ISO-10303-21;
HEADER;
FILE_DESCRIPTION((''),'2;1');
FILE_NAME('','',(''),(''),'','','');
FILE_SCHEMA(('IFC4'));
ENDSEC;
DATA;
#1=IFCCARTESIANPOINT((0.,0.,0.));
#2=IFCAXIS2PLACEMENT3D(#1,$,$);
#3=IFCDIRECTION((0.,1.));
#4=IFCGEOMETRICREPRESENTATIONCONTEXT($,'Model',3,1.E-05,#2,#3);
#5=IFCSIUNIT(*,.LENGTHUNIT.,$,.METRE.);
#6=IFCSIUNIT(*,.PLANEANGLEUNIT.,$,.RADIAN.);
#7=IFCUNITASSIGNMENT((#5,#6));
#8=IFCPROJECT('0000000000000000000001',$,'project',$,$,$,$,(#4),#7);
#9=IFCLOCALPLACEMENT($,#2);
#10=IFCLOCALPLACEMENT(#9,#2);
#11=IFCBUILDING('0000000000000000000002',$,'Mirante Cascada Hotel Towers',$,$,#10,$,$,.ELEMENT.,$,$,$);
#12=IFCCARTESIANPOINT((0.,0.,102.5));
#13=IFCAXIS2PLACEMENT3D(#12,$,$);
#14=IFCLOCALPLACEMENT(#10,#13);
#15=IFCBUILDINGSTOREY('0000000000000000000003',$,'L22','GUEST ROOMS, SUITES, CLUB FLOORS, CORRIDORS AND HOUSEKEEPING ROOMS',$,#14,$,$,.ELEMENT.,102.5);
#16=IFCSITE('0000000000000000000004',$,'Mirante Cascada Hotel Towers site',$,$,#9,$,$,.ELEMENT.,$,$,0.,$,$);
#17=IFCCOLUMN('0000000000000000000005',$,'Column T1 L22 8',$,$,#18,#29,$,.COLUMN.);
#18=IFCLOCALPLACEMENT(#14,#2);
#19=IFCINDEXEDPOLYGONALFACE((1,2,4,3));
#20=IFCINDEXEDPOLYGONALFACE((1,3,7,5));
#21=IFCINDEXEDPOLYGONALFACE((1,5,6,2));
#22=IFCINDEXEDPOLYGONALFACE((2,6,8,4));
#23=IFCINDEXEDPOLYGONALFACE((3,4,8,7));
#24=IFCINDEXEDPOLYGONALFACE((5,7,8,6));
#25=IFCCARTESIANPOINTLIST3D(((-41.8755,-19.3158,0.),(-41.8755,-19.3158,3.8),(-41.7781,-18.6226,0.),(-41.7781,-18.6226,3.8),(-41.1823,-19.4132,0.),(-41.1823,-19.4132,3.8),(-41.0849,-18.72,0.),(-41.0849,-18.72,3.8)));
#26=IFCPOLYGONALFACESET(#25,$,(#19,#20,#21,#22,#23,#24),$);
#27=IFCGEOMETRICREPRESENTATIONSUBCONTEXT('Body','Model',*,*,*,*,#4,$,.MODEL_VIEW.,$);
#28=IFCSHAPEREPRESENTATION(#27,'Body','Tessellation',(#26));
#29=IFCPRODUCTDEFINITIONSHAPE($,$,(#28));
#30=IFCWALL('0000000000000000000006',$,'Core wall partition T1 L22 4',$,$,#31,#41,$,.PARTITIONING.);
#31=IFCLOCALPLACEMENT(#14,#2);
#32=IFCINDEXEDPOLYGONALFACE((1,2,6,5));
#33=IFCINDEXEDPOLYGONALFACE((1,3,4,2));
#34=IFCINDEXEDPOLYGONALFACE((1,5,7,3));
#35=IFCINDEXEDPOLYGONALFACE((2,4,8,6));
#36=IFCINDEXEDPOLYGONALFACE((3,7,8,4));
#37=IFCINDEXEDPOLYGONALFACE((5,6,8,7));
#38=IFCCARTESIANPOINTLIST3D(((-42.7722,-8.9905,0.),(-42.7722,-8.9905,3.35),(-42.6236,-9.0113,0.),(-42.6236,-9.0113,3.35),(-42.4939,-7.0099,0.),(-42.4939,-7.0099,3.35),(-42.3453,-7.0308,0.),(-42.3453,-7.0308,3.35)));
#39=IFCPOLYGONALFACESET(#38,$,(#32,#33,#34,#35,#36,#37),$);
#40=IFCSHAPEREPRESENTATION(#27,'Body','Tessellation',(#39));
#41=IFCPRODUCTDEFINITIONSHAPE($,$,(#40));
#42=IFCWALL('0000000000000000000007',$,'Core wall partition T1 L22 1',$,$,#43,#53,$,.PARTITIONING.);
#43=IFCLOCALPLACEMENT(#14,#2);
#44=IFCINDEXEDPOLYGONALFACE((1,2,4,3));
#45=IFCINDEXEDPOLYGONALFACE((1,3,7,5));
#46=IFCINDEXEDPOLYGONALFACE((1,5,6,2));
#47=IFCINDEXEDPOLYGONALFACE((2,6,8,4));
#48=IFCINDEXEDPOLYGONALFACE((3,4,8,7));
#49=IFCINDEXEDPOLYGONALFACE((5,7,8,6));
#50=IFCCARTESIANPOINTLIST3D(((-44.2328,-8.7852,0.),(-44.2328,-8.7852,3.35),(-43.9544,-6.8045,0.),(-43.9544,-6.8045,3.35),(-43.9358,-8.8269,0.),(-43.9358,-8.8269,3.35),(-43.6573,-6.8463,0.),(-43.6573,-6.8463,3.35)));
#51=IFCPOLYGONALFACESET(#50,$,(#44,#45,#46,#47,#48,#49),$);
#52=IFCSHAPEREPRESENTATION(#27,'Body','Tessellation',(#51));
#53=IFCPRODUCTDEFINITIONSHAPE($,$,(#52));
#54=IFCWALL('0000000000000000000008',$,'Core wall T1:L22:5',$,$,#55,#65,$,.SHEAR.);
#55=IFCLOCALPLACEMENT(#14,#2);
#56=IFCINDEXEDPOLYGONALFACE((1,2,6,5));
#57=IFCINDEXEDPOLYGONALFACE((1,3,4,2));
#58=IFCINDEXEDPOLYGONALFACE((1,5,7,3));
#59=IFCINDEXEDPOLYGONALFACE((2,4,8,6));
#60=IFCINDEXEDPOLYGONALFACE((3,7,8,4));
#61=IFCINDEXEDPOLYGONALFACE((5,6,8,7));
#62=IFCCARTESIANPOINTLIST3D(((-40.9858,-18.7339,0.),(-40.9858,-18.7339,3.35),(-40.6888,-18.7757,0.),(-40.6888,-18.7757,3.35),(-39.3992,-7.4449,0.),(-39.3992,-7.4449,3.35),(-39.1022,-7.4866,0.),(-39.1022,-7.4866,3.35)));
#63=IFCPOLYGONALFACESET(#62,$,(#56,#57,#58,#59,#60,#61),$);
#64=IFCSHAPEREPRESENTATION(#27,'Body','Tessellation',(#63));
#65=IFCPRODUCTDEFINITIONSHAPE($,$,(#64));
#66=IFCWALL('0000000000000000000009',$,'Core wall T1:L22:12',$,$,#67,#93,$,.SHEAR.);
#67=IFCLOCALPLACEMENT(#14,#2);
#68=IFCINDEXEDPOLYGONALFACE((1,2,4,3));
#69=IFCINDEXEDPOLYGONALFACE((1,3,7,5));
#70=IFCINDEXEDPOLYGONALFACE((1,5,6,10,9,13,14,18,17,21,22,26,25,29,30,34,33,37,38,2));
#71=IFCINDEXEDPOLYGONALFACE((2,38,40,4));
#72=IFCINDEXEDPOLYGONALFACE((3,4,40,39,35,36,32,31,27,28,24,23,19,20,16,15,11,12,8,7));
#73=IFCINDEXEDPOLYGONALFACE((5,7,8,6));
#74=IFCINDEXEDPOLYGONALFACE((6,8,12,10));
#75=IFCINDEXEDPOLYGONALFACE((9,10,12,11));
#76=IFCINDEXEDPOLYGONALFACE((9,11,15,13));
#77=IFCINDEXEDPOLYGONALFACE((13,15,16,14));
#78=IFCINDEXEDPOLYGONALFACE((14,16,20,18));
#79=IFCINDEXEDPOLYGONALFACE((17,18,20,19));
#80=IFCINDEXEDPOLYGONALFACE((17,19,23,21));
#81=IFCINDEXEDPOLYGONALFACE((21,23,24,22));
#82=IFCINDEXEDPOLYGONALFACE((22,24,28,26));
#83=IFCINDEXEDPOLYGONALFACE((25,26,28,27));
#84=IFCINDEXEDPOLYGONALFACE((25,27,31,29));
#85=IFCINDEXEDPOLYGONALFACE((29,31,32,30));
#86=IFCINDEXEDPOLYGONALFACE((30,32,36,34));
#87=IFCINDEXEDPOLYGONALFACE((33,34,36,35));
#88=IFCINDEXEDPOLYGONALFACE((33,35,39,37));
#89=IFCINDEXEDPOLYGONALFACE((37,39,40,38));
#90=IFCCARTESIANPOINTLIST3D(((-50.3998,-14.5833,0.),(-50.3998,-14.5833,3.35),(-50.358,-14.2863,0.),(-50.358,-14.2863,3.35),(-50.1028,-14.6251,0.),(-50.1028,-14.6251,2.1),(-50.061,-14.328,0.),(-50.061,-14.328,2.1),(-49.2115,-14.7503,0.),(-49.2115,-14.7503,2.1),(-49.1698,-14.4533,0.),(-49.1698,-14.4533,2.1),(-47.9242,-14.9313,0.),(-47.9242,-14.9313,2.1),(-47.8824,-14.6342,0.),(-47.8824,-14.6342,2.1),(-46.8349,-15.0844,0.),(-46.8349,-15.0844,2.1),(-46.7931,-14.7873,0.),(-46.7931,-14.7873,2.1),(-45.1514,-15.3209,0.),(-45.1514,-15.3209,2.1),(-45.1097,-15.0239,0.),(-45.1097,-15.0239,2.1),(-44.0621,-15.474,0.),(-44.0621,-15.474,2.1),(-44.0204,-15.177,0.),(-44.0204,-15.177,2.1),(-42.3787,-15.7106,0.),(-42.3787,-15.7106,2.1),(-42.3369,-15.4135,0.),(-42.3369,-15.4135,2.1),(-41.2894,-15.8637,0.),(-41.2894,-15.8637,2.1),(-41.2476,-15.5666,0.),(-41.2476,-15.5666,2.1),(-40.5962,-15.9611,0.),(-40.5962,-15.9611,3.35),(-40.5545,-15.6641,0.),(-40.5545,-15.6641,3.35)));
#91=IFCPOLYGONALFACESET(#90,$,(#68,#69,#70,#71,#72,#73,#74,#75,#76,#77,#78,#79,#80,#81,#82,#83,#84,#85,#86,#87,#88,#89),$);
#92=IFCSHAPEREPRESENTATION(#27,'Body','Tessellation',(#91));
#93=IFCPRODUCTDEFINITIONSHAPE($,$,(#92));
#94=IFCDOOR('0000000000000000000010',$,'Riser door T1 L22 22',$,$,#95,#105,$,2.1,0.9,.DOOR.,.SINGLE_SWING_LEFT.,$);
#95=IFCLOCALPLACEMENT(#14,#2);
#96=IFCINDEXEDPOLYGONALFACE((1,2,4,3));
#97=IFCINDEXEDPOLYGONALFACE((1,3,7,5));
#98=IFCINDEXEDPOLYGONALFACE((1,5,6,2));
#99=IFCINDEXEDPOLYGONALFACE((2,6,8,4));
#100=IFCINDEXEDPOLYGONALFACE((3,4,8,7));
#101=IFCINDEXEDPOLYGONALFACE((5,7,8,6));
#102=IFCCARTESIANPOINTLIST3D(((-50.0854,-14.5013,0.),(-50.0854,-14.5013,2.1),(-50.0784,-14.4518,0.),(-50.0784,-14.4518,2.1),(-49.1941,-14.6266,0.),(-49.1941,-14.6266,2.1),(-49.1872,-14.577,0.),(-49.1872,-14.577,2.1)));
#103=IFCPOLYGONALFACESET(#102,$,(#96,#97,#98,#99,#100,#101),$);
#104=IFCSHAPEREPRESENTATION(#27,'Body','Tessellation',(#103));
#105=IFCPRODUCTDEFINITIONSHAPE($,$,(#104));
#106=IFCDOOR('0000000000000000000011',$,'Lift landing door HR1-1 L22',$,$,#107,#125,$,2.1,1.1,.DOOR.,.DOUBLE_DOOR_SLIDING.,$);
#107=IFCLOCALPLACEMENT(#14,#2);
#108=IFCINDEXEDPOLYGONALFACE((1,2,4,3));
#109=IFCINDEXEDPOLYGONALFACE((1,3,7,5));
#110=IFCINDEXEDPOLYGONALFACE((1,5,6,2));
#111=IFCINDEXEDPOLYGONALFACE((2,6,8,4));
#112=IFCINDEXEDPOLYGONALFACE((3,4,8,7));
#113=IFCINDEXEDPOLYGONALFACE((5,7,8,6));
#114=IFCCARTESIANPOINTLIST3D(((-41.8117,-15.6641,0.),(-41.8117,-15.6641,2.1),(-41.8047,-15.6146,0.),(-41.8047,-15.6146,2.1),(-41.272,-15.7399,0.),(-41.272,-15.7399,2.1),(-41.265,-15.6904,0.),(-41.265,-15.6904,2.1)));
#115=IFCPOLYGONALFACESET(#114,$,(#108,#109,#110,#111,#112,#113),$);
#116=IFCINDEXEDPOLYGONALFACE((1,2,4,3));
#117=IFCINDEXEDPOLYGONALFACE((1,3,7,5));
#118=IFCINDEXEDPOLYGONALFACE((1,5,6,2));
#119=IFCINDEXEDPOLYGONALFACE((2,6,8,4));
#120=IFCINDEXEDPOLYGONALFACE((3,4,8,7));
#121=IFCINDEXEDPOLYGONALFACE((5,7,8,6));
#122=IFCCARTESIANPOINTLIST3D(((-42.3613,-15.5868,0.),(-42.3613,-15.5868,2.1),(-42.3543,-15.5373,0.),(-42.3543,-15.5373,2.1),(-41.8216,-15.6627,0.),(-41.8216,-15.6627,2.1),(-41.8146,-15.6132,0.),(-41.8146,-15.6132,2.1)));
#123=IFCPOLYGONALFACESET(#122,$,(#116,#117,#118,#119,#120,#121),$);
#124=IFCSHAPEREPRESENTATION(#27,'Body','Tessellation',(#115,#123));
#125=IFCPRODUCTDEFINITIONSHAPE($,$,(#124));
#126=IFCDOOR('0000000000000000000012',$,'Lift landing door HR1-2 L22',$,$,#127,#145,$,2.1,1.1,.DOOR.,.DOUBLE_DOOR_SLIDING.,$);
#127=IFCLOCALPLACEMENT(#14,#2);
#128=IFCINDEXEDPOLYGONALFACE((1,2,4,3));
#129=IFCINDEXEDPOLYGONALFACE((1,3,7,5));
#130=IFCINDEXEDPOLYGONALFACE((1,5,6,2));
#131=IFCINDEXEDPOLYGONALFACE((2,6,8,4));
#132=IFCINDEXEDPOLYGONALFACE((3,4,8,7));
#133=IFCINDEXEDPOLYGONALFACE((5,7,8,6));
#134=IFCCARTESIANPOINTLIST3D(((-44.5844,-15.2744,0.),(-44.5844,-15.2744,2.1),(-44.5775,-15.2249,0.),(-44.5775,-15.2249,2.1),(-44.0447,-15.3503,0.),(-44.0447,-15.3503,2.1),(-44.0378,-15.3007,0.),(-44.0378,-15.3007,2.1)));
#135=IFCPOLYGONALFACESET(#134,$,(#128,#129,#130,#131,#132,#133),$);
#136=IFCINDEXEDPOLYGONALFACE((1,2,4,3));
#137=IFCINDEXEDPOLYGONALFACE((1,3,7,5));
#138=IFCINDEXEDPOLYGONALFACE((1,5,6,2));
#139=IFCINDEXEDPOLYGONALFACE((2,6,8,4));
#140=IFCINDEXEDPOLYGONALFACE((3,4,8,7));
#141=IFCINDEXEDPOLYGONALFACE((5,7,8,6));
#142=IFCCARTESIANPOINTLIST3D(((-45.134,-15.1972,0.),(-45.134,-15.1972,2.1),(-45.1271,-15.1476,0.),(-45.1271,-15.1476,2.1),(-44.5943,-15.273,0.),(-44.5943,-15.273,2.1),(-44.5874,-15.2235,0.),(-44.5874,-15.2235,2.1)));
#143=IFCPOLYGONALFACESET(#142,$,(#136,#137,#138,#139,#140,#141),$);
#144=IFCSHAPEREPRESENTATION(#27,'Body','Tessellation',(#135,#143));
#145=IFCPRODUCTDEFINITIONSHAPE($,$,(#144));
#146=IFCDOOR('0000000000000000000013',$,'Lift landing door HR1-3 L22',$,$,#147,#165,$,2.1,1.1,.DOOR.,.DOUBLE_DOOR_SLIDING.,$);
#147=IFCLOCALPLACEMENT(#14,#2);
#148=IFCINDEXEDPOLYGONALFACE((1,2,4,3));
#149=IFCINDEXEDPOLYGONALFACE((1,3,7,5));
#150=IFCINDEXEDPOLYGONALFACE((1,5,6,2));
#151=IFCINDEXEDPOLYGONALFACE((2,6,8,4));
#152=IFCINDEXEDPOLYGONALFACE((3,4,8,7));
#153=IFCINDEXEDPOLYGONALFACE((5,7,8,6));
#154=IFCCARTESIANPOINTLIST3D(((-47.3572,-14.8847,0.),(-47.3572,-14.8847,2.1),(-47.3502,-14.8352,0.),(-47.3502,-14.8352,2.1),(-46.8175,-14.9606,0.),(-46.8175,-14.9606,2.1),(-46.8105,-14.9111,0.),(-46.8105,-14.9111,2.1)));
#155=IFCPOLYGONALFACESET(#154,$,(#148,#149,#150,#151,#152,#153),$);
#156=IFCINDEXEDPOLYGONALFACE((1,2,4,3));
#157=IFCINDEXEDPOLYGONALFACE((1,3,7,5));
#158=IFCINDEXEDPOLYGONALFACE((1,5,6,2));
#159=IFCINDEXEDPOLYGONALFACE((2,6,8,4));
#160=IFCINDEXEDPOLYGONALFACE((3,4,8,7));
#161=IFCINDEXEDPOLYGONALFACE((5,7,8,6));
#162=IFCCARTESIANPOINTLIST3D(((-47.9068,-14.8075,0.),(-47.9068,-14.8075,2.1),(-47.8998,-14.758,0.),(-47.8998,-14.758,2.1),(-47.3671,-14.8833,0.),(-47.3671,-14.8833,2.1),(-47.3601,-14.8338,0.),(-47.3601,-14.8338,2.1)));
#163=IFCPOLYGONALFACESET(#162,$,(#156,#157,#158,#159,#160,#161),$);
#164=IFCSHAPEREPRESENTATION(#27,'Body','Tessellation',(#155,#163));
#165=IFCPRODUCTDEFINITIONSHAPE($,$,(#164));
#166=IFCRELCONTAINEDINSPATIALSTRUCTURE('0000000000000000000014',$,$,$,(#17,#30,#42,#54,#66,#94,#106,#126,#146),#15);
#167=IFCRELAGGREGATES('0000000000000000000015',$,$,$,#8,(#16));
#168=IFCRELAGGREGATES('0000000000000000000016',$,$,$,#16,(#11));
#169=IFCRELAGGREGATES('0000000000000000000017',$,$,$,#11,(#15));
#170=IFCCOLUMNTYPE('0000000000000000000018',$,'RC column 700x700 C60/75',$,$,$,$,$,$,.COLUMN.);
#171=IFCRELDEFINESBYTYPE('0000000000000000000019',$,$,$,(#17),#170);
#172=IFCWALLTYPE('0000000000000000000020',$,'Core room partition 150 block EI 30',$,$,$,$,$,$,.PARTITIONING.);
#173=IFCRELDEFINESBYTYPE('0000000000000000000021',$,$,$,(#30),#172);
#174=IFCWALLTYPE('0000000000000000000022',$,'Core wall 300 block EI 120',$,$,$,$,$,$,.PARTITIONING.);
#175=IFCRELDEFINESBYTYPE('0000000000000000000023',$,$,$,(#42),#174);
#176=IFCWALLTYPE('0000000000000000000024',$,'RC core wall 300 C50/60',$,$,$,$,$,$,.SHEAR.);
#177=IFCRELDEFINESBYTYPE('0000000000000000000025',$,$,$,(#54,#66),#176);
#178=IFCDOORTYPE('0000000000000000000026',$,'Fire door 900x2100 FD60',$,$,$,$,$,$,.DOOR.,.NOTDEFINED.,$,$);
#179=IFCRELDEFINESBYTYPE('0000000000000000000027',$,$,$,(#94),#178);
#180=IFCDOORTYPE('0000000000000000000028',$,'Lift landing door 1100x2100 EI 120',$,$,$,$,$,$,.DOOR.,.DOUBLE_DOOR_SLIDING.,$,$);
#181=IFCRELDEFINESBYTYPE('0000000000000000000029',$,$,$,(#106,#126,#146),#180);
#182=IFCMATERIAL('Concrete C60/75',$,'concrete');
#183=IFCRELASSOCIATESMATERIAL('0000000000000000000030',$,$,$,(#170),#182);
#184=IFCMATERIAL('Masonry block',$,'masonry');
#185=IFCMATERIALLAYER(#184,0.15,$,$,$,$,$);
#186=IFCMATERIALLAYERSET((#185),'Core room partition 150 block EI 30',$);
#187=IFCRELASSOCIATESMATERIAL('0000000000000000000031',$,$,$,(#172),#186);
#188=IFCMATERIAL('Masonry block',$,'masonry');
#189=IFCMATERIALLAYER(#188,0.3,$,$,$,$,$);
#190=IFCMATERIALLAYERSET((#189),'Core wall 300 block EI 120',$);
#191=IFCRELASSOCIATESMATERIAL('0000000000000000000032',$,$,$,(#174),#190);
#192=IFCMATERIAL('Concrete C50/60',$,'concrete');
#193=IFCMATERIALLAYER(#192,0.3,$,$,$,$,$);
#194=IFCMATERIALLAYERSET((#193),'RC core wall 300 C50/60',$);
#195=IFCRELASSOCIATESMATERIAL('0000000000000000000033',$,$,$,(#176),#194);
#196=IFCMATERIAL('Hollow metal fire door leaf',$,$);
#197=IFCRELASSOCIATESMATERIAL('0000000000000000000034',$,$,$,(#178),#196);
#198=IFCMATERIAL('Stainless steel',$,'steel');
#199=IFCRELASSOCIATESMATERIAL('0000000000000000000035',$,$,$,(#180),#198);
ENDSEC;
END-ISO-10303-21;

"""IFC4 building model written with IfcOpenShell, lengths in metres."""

from ifc_helpers import new_model, si_unit, direction, frame, frame_2d, origin, origin_2d, place, context, subcontext, project, spatial, rectangle, extrude, material, layer, layer_set, material_profile, profile_set, type_object, element, fill, save


model = new_model("IFC4")

# Units and contexts
model_context = context("Model", 3, precision=1e-05, world=origin(), true_north=direction((0.0, 1.0)))
body_context = subcontext(model_context, "Body", "Model", "MODEL_VIEW")
ifc_project = project(units=[si_unit("LENGTHUNIT", "METRE"), si_unit("PLANEANGLEUNIT", "RADIAN")], contexts=[model_context])

# Site, building, storey
site_placement = place(None, origin())
site = spatial("IfcSite", under=ifc_project, at=site_placement, Name="Mirante Cascada Hotel Towers site", CompositionType="ELEMENT", RefElevation=0.0)
building_placement = place(site_placement, origin())
building = spatial("IfcBuilding", under=site, at=building_placement, Name="Mirante Cascada Hotel Towers", CompositionType="ELEMENT")
storey_placement = place(building_placement, frame((0.0, 0.0, 102.5)))
storey = spatial("IfcBuildingStorey", under=building, at=storey_placement, Name="L22", Description="GUEST ROOMS, SUITES, CLUB FLOORS, CORRIDORS AND HOUSEKEEPING ROOMS", CompositionType="ELEMENT", Elevation=102.5)

# Column
ifc_material_1 = material(Name="Concrete C60/75", Category="concrete")
ifc_material_profile = material_profile(ifc_material_1, rectangle(XDim=0.7, YDim=0.7, at=origin_2d()), Name="RC column 700x700 C60/75")
ifc_profile_set = profile_set([ifc_material_profile], Name="Concrete C60/75")
column_type = type_object("IfcColumnType", Name="RC column 700x700 C60/75", PredefinedType="COLUMN", material=ifc_profile_set)
column_placement = place(storey_placement, frame((-41.4802, -19.0179, 0.0), z_axis=(0.0, 0.0, 1.0), x_axis=(-0.990268, 0.139173, 0.0)))
element("IfcColumn", 1, at=column_placement, inside=storey, type_object=column_type, Name="Column T1 L22 8", PredefinedType="COLUMN", context=body_context, shape_type="SweptSolid", body=[
    extrude(rectangle(XDim=0.7, YDim=0.7, at=origin_2d()), origin(), (0.0, 0.0, 1.0), 3.8),
])

# Walls
ifc_material_2 = material(Name="Masonry block", Category="masonry")
ifc_layer_1 = layer(ifc_material_2, 0.15)
ifc_layer_set_1 = layer_set([ifc_layer_1], Name="Core room partition 150 block EI 30")
wall_type_1 = type_object("IfcWallType", Name="Core room partition 150 block EI 30", PredefinedType="PARTITIONING", material=ifc_layer_set_1)
wall_1_placement = place(storey_placement, frame((-42.6979, -9.0009, 0.0), z_axis=(0.0, 0.0, 1.0), x_axis=(0.139153, 0.990271, 0.0)))
element("IfcWall", 2, at=wall_1_placement, inside=storey, type_object=wall_type_1, Name="Core wall partition T1 L22 4", PredefinedType="PARTITIONING", context=body_context, shape_type="SweptSolid", body=[
    extrude(rectangle(XDim=2.0, YDim=0.15, at=frame_2d((1.0, 0.0))), origin(), (0.0, 0.0, 1.0), 3.35),
])
ifc_material_3 = material(Name="Masonry block", Category="masonry")
ifc_layer_2 = layer(ifc_material_3, 0.3)
ifc_layer_set_2 = layer_set([ifc_layer_2], Name="Core wall 300 block EI 120")
wall_type_2 = type_object("IfcWallType", Name="Core wall 300 block EI 120", PredefinedType="PARTITIONING", material=ifc_layer_set_2)
wall_2_placement = place(storey_placement, frame((-44.0843, -8.8061, 0.0), z_axis=(0.0, 0.0, 1.0), x_axis=(0.139195, 0.990265, 0.0)))
element("IfcWall", 3, at=wall_2_placement, inside=storey, type_object=wall_type_2, Name="Core wall partition T1 L22 1", PredefinedType="PARTITIONING", context=body_context, shape_type="SweptSolid", body=[
    extrude(rectangle(XDim=2.0001, YDim=0.3, at=frame_2d((1.0001, 0.0))), origin(), (0.0, 0.0, 1.0), 3.35),
])
ifc_material_4 = material(Name="Concrete C50/60", Category="concrete")
ifc_layer_3 = layer(ifc_material_4, 0.3)
ifc_layer_set_3 = layer_set([ifc_layer_3], Name="RC core wall 300 C50/60")
wall_type_3 = type_object("IfcWallType", Name="RC core wall 300 C50/60", PredefinedType="SHEAR", material=ifc_layer_set_3)
wall_3_placement = place(storey_placement, frame((-40.8373, -18.7548, 0.0), z_axis=(0.0, 0.0, 1.0), x_axis=(0.139175, 0.990268, 0.0)))
element("IfcWall", 4, at=wall_3_placement, inside=storey, type_object=wall_type_3, Name="Core wall T1:L22:5", PredefinedType="SHEAR", context=body_context, shape_type="SweptSolid", body=[
    extrude(rectangle(XDim=11.4, YDim=0.3, at=frame_2d((5.7, 0.0))), origin(), (0.0, 0.0, 1.0), 3.35),
])

# Wall, openings, doors
wall_4_placement = place(storey_placement, frame((-40.5753, -15.8126, 0.0), z_axis=(0.0, 0.0, 1.0), x_axis=(-0.990268, 0.139173, 0.0)))
wall_4 = element("IfcWall", 5, at=wall_4_placement, inside=storey, type_object=wall_type_3, Name="Core wall T1:L22:12", PredefinedType="SHEAR", context=body_context, shape_type="SweptSolid", body=[
    extrude(rectangle(XDim=9.8999, YDim=0.3, at=frame_2d((4.95, 0.0))), origin(), (0.0, 0.0, 1.0), 3.35),
])
opening_1_placement = place(wall_4_placement, frame((0.7, 0.0, 0.0)))
opening_1 = element("IfcOpeningElement", 6, at=opening_1_placement, cuts=wall_4, PredefinedType="OPENING", context=body_context, shape_type="SweptSolid", body=[
    extrude(rectangle(XDim=1.1, YDim=2.1, at=frame_2d((0.55, 1.05))), frame((0.0, 0.15, 0.0), z_axis=(0.0, -1.0, 0.0), x_axis=(1.0, 0.0, 0.0)), (0.0, 0.0, 1.0), 0.3),
])
opening_2_placement = place(wall_4_placement, frame((3.5, 0.0, 0.0)))
opening_2 = element("IfcOpeningElement", 7, at=opening_2_placement, cuts=wall_4, PredefinedType="OPENING", context=body_context, shape_type="SweptSolid", body=[
    extrude(rectangle(XDim=1.1, YDim=2.1, at=frame_2d((0.55, 1.05))), frame((0.0, 0.15, 0.0), z_axis=(0.0, -1.0, 0.0), x_axis=(1.0, 0.0, 0.0)), (0.0, 0.0, 1.0), 0.3),
])
opening_3_placement = place(wall_4_placement, frame((6.3, 0.0, 0.0)))
opening_3 = element("IfcOpeningElement", 8, at=opening_3_placement, cuts=wall_4, PredefinedType="OPENING", context=body_context, shape_type="SweptSolid", body=[
    extrude(rectangle(XDim=1.1, YDim=2.1, at=frame_2d((0.55, 1.05))), frame((0.0, 0.15, 0.0), z_axis=(0.0, -1.0, 0.0), x_axis=(1.0, 0.0, 0.0)), (0.0, 0.0, 1.0), 0.3),
])
opening_4_placement = place(wall_4_placement, frame((8.7, 0.0, 0.0)))
opening_4 = element("IfcOpeningElement", 9, at=opening_4_placement, cuts=wall_4, PredefinedType="OPENING", context=body_context, shape_type="SweptSolid", body=[
    extrude(rectangle(XDim=0.9, YDim=2.1, at=frame_2d((0.45, 1.05))), frame((0.0, 0.15, 0.0), z_axis=(0.0, -1.0, 0.0), x_axis=(1.0, 0.0, 0.0)), (0.0, 0.0, 1.0), 0.3),
])
ifc_material_5 = material(Name="Hollow metal fire door leaf")
door_type_1 = type_object("IfcDoorType", Name="Fire door 900x2100 FD60", OperationType="NOTDEFINED", PredefinedType="DOOR", material=ifc_material_5)
door_1_placement = place(opening_4_placement, origin())
door_1 = element("IfcDoor", 10, at=door_1_placement, inside=storey, type_object=door_type_1, Name="Riser door T1 L22 22", OperationType="SINGLE_SWING_LEFT", OverallHeight=2.1, OverallWidth=0.9, PredefinedType="DOOR", context=body_context, shape_type="SweptSolid", body=[
    extrude(rectangle(XDim=0.9, YDim=2.1, at=frame_2d((0.45, 1.05))), frame((0.0, 0.025, 0.0), z_axis=(0.0, -1.0, 0.0), x_axis=(1.0, 0.0, 0.0)), (0.0, 0.0, 1.0), 0.05),
])
fill(opening_4, door_1)
ifc_material_6 = material(Name="Stainless steel", Category="steel")
door_type_2 = type_object("IfcDoorType", Name="Lift landing door 1100x2100 EI 120", OperationType="DOUBLE_DOOR_SLIDING", PredefinedType="DOOR", material=ifc_material_6)
door_2_placement = place(opening_1_placement, origin())
door_2 = element("IfcDoor", 11, at=door_2_placement, inside=storey, type_object=door_type_2, Name="Lift landing door HR1-1 L22", OperationType="DOUBLE_DOOR_SLIDING", OverallHeight=2.1, OverallWidth=1.1, PredefinedType="DOOR", context=body_context, shape_type="SweptSolid", body=[
    extrude(rectangle(XDim=0.545, YDim=2.1, at=frame_2d((0.2725, 1.05))), frame((0.0, 0.025, 0.0), z_axis=(0.0, -1.0, 0.0), x_axis=(1.0, 0.0, 0.0)), (0.0, 0.0, 1.0), 0.05),
    extrude(rectangle(XDim=0.545, YDim=2.1, at=frame_2d((0.8275, 1.05))), frame((0.0, 0.025, 0.0), z_axis=(0.0, -1.0, 0.0), x_axis=(1.0, 0.0, 0.0)), (0.0, 0.0, 1.0), 0.05),
])
fill(opening_1, door_2)
door_3_placement = place(opening_2_placement, origin())
door_3 = element("IfcDoor", 12, at=door_3_placement, inside=storey, type_object=door_type_2, Name="Lift landing door HR1-2 L22", OperationType="DOUBLE_DOOR_SLIDING", OverallHeight=2.1, OverallWidth=1.1, PredefinedType="DOOR", context=body_context, shape_type="SweptSolid", body=[
    extrude(rectangle(XDim=0.545, YDim=2.1, at=frame_2d((0.2725, 1.05))), frame((0.0, 0.025, 0.0), z_axis=(0.0, -1.0, 0.0), x_axis=(1.0, 0.0, 0.0)), (0.0, 0.0, 1.0), 0.05),
    extrude(rectangle(XDim=0.545, YDim=2.1, at=frame_2d((0.8275, 1.05))), frame((0.0, 0.025, 0.0), z_axis=(0.0, -1.0, 0.0), x_axis=(1.0, 0.0, 0.0)), (0.0, 0.0, 1.0), 0.05),
])
fill(opening_2, door_3)
door_4_placement = place(opening_3_placement, origin())
door_4 = element("IfcDoor", 13, at=door_4_placement, inside=storey, type_object=door_type_2, Name="Lift landing door HR1-3 L22", OperationType="DOUBLE_DOOR_SLIDING", OverallHeight=2.1, OverallWidth=1.1, PredefinedType="DOOR", context=body_context, shape_type="SweptSolid", body=[
    extrude(rectangle(XDim=0.545, YDim=2.1, at=frame_2d((0.2725, 1.05))), frame((0.0, 0.025, 0.0), z_axis=(0.0, -1.0, 0.0), x_axis=(1.0, 0.0, 0.0)), (0.0, 0.0, 1.0), 0.05),
    extrude(rectangle(XDim=0.545, YDim=2.1, at=frame_2d((0.8275, 1.05))), frame((0.0, 0.025, 0.0), z_axis=(0.0, -1.0, 0.0), x_axis=(1.0, 0.0, 0.0)), (0.0, 0.0, 1.0), 0.05),
])
fill(opening_3, door_4)

save(model, "model.ifc")
